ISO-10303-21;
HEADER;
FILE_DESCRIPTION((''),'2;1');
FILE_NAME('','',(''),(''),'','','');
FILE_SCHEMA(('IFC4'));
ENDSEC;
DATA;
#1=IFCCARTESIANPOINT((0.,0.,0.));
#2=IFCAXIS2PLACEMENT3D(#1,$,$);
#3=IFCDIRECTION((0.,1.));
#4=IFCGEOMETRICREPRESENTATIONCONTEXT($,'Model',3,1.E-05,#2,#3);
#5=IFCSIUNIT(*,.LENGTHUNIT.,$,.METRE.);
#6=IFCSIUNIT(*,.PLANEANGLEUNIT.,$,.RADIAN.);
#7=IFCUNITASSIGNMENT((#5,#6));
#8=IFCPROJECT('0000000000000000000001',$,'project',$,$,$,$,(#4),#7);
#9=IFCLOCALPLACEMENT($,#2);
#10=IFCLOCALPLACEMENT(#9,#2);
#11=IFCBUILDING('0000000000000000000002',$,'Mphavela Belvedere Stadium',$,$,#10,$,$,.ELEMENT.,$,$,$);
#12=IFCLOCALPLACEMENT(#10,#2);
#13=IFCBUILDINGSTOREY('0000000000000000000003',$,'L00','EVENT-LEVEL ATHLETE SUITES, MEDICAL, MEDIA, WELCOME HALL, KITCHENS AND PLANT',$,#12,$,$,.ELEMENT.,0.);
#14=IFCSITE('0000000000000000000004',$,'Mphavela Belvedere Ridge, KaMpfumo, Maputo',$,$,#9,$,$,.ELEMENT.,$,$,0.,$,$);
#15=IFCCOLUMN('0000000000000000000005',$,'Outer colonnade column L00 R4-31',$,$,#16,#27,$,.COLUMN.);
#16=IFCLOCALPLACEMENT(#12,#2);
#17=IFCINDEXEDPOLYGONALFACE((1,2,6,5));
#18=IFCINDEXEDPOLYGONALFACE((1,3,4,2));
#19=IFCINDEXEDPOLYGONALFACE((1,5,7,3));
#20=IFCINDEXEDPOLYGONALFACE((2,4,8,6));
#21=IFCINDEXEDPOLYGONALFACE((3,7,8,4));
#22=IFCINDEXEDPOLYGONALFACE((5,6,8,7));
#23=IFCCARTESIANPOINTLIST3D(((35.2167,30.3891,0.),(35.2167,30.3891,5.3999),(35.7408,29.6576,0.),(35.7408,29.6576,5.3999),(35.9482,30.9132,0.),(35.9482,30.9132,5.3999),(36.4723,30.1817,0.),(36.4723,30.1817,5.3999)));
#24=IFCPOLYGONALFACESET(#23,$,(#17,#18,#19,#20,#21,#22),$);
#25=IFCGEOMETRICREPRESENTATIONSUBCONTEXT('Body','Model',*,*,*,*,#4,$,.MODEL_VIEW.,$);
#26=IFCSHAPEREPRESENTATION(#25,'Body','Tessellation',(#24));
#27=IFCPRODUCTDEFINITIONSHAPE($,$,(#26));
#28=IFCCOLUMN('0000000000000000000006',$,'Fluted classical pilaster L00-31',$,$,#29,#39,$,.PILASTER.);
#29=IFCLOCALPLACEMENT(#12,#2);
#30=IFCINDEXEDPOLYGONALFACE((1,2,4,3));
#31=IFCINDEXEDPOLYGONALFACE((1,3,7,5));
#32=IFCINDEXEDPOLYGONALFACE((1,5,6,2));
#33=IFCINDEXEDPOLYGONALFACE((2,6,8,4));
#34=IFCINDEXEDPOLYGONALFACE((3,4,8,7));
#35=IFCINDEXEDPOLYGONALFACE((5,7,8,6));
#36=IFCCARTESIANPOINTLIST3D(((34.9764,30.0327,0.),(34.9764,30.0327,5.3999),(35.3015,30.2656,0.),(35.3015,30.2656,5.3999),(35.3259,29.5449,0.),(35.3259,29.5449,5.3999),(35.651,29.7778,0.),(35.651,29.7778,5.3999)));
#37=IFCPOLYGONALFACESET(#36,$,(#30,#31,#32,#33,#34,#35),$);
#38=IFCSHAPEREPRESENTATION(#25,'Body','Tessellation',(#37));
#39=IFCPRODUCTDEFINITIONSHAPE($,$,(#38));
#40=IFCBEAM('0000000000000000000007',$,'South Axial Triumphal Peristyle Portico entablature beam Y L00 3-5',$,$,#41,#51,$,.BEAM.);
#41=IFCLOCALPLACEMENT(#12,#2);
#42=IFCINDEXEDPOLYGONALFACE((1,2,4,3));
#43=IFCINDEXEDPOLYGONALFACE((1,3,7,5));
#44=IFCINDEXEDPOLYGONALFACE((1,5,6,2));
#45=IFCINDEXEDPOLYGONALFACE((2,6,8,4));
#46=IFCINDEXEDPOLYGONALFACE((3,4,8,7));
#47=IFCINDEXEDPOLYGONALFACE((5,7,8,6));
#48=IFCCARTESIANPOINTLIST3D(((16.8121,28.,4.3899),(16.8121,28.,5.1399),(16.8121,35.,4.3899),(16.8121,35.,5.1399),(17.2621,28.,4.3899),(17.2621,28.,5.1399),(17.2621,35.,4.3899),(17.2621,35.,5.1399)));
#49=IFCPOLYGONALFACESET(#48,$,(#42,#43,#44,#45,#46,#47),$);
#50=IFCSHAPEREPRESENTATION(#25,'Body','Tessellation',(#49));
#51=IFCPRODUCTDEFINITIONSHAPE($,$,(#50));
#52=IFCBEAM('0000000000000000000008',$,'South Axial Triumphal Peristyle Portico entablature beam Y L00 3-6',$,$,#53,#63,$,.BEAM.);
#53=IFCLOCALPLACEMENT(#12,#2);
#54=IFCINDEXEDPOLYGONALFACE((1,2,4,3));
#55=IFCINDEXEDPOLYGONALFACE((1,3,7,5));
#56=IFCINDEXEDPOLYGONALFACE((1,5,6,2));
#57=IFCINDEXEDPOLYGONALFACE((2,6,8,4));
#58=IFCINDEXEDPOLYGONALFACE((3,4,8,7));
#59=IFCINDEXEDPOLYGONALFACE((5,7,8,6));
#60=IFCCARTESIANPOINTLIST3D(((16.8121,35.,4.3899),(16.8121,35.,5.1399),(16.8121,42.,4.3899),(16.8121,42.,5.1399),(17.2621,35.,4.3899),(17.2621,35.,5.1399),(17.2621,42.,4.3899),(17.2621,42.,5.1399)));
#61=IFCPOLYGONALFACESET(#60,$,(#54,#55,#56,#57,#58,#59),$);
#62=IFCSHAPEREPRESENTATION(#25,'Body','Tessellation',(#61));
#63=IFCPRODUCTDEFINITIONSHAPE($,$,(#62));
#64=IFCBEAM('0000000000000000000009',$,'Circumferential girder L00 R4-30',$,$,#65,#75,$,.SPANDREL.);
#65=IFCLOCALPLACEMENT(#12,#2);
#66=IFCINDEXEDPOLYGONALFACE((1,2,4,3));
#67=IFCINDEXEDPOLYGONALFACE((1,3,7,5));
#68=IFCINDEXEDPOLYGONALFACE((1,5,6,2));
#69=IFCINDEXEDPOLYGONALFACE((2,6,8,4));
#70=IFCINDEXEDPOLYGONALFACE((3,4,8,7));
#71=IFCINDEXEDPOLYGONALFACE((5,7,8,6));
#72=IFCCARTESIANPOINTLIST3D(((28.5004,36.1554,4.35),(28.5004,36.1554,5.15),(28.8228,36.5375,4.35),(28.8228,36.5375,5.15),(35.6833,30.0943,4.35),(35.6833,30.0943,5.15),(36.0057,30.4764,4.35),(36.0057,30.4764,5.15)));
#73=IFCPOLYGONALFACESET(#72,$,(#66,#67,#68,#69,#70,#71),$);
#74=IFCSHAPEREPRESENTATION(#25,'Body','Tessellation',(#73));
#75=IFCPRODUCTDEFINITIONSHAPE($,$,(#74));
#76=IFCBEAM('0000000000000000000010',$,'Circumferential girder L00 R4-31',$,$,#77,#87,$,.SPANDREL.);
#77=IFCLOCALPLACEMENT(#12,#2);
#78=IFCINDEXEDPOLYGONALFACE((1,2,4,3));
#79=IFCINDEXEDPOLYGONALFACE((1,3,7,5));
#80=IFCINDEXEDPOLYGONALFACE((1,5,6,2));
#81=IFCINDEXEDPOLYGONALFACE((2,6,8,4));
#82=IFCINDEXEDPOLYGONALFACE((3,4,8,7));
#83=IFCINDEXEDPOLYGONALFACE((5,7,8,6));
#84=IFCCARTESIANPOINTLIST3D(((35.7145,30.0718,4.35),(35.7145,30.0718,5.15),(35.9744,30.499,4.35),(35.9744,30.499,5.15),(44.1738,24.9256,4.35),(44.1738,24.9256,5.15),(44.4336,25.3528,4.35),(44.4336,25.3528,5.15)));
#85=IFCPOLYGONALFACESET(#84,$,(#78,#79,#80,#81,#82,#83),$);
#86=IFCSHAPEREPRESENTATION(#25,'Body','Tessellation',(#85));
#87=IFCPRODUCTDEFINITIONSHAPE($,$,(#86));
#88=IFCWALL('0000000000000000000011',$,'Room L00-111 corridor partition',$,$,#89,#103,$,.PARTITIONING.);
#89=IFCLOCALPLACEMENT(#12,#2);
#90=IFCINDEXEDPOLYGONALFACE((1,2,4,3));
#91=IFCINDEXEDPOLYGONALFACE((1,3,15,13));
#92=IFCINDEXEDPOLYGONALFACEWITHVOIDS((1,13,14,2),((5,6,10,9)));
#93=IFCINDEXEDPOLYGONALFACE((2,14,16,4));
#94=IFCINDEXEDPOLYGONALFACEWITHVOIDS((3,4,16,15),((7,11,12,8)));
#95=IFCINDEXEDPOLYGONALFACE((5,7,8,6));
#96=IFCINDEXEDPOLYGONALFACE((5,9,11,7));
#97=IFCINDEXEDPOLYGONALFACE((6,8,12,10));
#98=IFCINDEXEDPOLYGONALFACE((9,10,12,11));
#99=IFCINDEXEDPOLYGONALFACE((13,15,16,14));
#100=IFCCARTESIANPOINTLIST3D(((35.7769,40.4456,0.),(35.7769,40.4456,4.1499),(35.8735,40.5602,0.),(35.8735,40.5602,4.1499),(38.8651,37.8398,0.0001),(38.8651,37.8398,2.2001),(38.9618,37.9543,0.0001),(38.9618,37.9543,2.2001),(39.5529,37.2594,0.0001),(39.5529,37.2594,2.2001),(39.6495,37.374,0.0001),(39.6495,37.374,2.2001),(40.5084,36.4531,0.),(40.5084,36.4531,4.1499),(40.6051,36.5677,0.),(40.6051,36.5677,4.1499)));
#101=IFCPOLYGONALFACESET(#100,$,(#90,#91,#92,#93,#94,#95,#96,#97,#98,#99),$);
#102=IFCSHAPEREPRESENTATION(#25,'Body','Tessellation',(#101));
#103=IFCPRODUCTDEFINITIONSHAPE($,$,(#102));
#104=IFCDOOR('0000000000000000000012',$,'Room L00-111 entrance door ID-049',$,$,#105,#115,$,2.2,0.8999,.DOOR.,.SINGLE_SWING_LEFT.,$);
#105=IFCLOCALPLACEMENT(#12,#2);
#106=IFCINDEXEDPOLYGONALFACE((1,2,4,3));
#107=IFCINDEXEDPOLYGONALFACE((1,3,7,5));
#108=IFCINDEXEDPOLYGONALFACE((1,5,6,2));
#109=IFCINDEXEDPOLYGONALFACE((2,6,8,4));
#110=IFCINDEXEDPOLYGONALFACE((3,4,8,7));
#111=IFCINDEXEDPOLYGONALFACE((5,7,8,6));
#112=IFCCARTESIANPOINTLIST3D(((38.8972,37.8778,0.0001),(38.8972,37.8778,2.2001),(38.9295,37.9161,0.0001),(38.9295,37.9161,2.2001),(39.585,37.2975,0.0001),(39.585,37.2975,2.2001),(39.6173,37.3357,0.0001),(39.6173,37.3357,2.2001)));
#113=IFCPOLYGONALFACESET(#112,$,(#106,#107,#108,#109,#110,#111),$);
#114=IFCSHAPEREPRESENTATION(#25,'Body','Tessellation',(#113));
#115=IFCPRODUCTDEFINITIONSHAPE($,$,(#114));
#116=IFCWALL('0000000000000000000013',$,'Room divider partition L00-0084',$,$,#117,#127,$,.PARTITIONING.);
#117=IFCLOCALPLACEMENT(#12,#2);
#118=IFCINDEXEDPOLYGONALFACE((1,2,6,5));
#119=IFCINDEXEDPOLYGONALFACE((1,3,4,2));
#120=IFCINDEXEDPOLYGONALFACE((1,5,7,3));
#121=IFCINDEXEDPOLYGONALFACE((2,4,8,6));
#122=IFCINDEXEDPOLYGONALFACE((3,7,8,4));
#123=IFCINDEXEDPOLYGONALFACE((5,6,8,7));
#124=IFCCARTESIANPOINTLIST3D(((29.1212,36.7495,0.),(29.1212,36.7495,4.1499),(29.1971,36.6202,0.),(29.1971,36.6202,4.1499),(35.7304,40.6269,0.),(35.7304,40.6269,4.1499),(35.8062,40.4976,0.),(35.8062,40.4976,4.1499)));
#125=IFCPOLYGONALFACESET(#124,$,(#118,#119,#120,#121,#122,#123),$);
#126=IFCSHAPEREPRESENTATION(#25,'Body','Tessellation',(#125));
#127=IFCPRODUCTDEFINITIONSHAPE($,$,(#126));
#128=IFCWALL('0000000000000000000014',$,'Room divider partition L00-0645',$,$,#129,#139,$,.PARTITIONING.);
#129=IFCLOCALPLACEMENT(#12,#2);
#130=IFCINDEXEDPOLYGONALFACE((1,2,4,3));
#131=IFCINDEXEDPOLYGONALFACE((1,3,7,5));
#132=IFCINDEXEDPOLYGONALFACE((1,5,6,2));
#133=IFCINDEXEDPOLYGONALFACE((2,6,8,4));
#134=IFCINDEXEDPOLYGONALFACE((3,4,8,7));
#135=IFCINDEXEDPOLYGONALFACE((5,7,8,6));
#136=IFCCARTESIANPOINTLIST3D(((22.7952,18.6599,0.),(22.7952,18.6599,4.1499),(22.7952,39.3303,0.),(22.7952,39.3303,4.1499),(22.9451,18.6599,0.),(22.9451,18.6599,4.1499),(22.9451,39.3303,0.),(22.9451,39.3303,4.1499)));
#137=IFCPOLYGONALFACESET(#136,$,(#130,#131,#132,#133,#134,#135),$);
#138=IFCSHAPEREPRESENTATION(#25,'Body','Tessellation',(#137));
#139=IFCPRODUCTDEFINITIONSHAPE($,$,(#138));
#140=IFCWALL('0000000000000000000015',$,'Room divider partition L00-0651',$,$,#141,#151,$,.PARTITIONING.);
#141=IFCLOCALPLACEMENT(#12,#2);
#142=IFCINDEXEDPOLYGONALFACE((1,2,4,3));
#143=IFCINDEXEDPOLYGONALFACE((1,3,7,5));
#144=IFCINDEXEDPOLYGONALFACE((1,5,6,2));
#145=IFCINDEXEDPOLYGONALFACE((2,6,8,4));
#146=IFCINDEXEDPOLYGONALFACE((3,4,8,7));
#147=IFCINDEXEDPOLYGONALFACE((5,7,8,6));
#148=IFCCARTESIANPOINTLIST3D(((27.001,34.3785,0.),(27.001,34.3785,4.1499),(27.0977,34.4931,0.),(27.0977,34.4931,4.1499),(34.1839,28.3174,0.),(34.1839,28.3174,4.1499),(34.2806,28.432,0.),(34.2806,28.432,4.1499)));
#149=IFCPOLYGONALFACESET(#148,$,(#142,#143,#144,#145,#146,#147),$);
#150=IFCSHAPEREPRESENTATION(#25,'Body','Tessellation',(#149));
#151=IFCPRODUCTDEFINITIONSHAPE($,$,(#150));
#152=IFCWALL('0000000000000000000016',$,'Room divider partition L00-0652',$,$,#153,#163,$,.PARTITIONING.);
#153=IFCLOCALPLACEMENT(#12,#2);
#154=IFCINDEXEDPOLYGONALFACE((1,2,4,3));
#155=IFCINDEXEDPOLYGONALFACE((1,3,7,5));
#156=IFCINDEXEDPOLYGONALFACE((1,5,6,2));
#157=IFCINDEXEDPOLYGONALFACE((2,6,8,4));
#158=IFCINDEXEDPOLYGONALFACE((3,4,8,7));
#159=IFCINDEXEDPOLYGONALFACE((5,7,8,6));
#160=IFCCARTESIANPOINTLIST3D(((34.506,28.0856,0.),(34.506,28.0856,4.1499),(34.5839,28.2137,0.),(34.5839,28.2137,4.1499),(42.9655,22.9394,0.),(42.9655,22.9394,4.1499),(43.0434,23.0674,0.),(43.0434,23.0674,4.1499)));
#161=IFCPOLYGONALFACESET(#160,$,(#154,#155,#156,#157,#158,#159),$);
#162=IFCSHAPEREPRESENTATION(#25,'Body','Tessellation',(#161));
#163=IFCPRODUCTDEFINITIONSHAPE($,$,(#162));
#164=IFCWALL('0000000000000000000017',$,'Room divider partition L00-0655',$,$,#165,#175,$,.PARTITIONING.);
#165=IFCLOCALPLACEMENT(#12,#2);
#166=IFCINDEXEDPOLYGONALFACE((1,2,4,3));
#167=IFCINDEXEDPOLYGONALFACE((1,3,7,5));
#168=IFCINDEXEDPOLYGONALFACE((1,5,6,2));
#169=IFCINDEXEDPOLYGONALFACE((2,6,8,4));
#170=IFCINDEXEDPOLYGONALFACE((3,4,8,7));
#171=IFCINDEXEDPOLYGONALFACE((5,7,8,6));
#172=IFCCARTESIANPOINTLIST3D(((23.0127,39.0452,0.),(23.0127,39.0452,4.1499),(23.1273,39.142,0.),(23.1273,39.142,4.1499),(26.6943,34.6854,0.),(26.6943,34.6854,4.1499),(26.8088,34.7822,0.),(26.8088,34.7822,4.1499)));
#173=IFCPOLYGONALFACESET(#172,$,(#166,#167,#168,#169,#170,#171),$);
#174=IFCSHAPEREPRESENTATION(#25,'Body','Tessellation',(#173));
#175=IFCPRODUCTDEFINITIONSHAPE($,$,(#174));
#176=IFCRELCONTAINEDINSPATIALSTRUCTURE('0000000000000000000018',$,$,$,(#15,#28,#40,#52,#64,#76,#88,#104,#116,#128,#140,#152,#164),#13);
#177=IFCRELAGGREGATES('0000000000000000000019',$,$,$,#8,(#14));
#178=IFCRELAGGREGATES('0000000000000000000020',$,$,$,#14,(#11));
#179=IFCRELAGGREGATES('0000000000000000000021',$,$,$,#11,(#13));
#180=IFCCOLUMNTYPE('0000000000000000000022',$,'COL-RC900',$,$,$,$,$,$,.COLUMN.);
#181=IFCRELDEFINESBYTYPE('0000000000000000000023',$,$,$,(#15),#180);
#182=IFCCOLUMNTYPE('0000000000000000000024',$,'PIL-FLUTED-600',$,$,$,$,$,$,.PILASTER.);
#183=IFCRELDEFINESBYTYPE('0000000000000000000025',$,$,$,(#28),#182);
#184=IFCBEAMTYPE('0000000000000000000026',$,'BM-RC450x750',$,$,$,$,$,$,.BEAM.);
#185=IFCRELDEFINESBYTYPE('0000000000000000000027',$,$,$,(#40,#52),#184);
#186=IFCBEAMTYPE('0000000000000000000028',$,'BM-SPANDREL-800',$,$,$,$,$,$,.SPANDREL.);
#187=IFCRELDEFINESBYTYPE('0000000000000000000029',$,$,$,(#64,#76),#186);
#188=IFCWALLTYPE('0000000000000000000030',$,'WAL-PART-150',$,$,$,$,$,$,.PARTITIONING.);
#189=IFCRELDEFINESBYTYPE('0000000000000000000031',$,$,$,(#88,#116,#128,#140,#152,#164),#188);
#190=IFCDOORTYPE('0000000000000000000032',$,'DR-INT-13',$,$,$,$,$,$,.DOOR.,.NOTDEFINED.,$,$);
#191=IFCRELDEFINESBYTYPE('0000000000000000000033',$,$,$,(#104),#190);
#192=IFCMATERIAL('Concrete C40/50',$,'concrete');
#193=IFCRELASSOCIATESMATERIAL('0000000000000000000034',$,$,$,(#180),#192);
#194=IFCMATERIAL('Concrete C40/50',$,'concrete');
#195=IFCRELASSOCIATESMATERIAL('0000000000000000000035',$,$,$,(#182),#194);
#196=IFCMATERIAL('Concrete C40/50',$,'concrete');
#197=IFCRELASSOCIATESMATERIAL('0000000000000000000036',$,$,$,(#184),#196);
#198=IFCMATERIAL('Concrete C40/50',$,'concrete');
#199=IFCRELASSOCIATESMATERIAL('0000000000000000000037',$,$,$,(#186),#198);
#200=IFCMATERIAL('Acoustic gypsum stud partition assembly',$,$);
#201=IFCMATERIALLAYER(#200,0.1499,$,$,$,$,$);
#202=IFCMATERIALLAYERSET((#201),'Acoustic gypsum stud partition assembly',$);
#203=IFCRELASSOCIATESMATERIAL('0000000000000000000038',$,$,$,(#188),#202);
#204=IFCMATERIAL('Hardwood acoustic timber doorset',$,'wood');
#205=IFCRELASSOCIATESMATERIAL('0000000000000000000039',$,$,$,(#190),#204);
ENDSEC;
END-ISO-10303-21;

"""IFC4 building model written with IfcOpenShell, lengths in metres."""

from ifc_helpers import new_model, si_unit, direction, frame, frame_2d, origin, origin_2d, place, context, subcontext, project, spatial, rectangle, extrude, material, layer, layer_set, material_profile, profile_set, type_object, element, fill, save


model = new_model("IFC4")

# Units and contexts
model_context = context("Model", 3, precision=1e-05, world=origin(), true_north=direction((0.0, 1.0)))
body_context = subcontext(model_context, "Body", "Model", "MODEL_VIEW")
ifc_project = project(units=[si_unit("LENGTHUNIT", "METRE"), si_unit("PLANEANGLEUNIT", "RADIAN")], contexts=[model_context])

# Site, building, storey
site_placement = place(None, origin())
site = spatial("IfcSite", under=ifc_project, at=site_placement, Name="Mphavela Belvedere Ridge, KaMpfumo, Maputo", CompositionType="ELEMENT", RefElevation=0.0)
building_placement = place(site_placement, origin())
building = spatial("IfcBuilding", under=site, at=building_placement, Name="Mphavela Belvedere Stadium", CompositionType="ELEMENT")
storey_placement = place(building_placement, origin())
storey = spatial("IfcBuildingStorey", under=building, at=storey_placement, Name="L00", Description="EVENT-LEVEL ATHLETE SUITES, MEDICAL, MEDIA, WELCOME HALL, KITCHENS AND PLANT", CompositionType="ELEMENT", Elevation=0.0)

# Columns
ifc_material_1 = material(Name="Concrete C40/50", Category="concrete")
ifc_material_profile_1 = material_profile(ifc_material_1, rectangle(XDim=0.8999, YDim=0.8999, at=origin_2d()), Name="RC 900x900")
ifc_profile_set_1 = profile_set([ifc_material_profile_1], Name="Concrete C40/50")
column_type_1 = type_object("IfcColumnType", Name="COL-RC900", PredefinedType="COLUMN", material=ifc_profile_set_1)
for number, where, z_axis, x_axis, name in (
    (1, (35.8445, 30.2854, 0.0), (0.0, 0.0, 1.0), (-0.812898, -0.582407, 0.0), "Outer colonnade column L00 R4-31"),
):
    element("IfcColumn", number, at=place(storey_placement, frame(where, z_axis=z_axis, x_axis=x_axis)), inside=storey, type_object=column_type_1, Name=name, PredefinedType="COLUMN", context=body_context, shape_type="SweptSolid", body=[
        extrude(rectangle(XDim=0.8999, YDim=0.8999, at=origin_2d()), origin(), (0.0, 0.0, 1.0), 5.3999),
    ])
ifc_material_2 = material(Name="Concrete C40/50", Category="concrete")
ifc_material_profile_2 = material_profile(ifc_material_2, rectangle(XDim=0.6001, YDim=0.3999, at=origin_2d()), Name="PIL 600x400")
ifc_profile_set_2 = profile_set([ifc_material_profile_2], Name="Concrete C40/50")
column_type_2 = type_object("IfcColumnType", Name="PIL-FLUTED-600", PredefinedType="PILASTER", material=ifc_profile_set_2)
column_placement = place(storey_placement, frame((35.3137, 29.9053, 0.0), z_axis=(0.0, 0.0, 1.0), x_axis=(0.582407, -0.812898, 0.0)))
element("IfcColumn", 2, at=column_placement, inside=storey, type_object=column_type_2, Name="Fluted classical pilaster L00-31", PredefinedType="PILASTER", context=body_context, shape_type="SweptSolid", body=[
    extrude(rectangle(XDim=0.6001, YDim=0.3999, at=origin_2d()), origin(), (0.0, 0.0, 1.0), 5.3999),
])

# Beams
ifc_material_3 = material(Name="Concrete C40/50", Category="concrete")
ifc_material_profile_3 = material_profile(ifc_material_3, rectangle(XDim=0.45, YDim=0.75, at=origin_2d()), Name="RC 450x750")
ifc_profile_set_3 = profile_set([ifc_material_profile_3], Name="Concrete C40/50")
beam_type_1 = type_object("IfcBeamType", Name="BM-RC450x750", PredefinedType="BEAM", material=ifc_profile_set_3)
for number, where, z_axis, x_axis, name in (
    (3, (17.0371, 28.0, 4.7649), (0.0, 1.0, 0.0), (-1.0, 0.0, 0.0), "South Axial Triumphal Peristyle Portico entablature beam Y L00 3-5"),
    (4, (17.0371, 35.0, 4.7649), (0.0, 1.0, 0.0), (-1.0, 0.0, 0.0), "South Axial Triumphal Peristyle Portico entablature beam Y L00 3-6"),
):
    element("IfcBeam", number, at=place(storey_placement, frame(where, z_axis=z_axis, x_axis=x_axis)), inside=storey, type_object=beam_type_1, Name=name, PredefinedType="BEAM", context=body_context, shape_type="SweptSolid", body=[
        extrude(rectangle(XDim=0.45, YDim=0.75, at=origin_2d()), origin(), (0.0, 0.0, 1.0), 7.0),
    ])
ifc_material_4 = material(Name="Concrete C40/50", Category="concrete")
ifc_material_profile_4 = material_profile(ifc_material_4, rectangle(XDim=0.5, YDim=0.8, at=origin_2d()), Name="RC 500x800")
ifc_profile_set_4 = profile_set([ifc_material_profile_4], Name="Concrete C40/50")
beam_type_2 = type_object("IfcBeamType", Name="BM-SPANDREL-800", PredefinedType="SPANDREL", material=ifc_profile_set_4)
beam_1_placement = place(storey_placement, frame((28.6616, 36.3464, 4.75), z_axis=(0.764265, -0.644902, 0.0), x_axis=(0.644902, 0.764265, 0.0)))
element("IfcBeam", 5, at=beam_1_placement, inside=storey, type_object=beam_type_2, Name="Circumferential girder L00 R4-30", PredefinedType="SPANDREL", context=body_context, shape_type="SweptSolid", body=[
    extrude(rectangle(XDim=0.5, YDim=0.8, at=origin_2d()), origin(), (0.0, 0.0, 1.0), 9.3984),
])
beam_2_placement = place(storey_placement, frame((35.8445, 30.2854, 4.75), z_axis=(0.854327, -0.519737, 0.0), x_axis=(0.519737, 0.854327, 0.0)))
element("IfcBeam", 6, at=beam_2_placement, inside=storey, type_object=beam_type_2, Name="Circumferential girder L00 R4-31", PredefinedType="SPANDREL", context=body_context, shape_type="SweptSolid", body=[
    extrude(rectangle(XDim=0.5, YDim=0.8, at=origin_2d()), origin(), (0.0, 0.0, 1.0), 9.9016),
])

# Wall, opening, door
ifc_material_5 = material(Name="Acoustic gypsum stud partition assembly")
ifc_layer_1 = layer(ifc_material_5, 0.1499)
ifc_layer_set_1 = layer_set([ifc_layer_1], Name="Acoustic gypsum stud partition assembly")
wall_type_1 = type_object("IfcWallType", Name="WAL-PART-150", PredefinedType="PARTITIONING", material=ifc_layer_set_1)
wall_1_placement = place(storey_placement, frame((35.8252, 40.5029, 0.0), z_axis=(0.0, 0.0, 1.0), x_axis=(0.76427, -0.644897, 0.0)))
wall_1 = element("IfcWall", 7, at=wall_1_placement, inside=storey, type_object=wall_type_1, Name="Room L00-111 corridor partition", PredefinedType="PARTITIONING", context=body_context, shape_type="SweptSolid", body=[
    extrude(rectangle(XDim=6.1909, YDim=0.1499, at=frame_2d((3.0955, 0.0))), origin(), (0.0, 0.0, 1.0), 4.1499),
])
opening_1_placement = place(wall_1_placement, frame((4.0408, 0.0, 0.0)))
opening_1 = element("IfcOpeningElement", 8, at=opening_1_placement, cuts=wall_1, PredefinedType="OPENING", context=body_context, shape_type="SweptSolid", body=[
    extrude(rectangle(XDim=0.8999, YDim=2.2, at=frame_2d((0.45, 1.1001))), frame((0.0, 0.085, 0.0), z_axis=(0.0, -1.0, 0.0), x_axis=(1.0, 0.0, 0.0)), (0.0, 0.0, 1.0), 0.1699),
])
ifc_material_6 = material(Name="Hardwood acoustic timber doorset", Category="wood")
door_type_1 = type_object("IfcDoorType", Name="DR-INT-13", OperationType="NOTDEFINED", PredefinedType="DOOR", material=ifc_material_6)
door_1_placement = place(opening_1_placement, origin())
door_1 = element("IfcDoor", 9, at=door_1_placement, inside=storey, type_object=door_type_1, Name="Room L00-111 entrance door ID-049", OperationType="SINGLE_SWING_LEFT", OverallHeight=2.2, OverallWidth=0.8999, PredefinedType="DOOR", context=body_context, shape_type="SweptSolid", body=[
    extrude(rectangle(XDim=0.8999, YDim=2.2, at=frame_2d((0.45, 1.1001))), frame((0.0, 0.0249, 0.0), z_axis=(0.0, -1.0, 0.0), x_axis=(1.0, 0.0, 0.0)), (0.0, 0.0, 1.0), 0.05),
])
fill(opening_1, door_1)

# Walls
wall_2_placement = place(storey_placement, frame((35.7683, 40.5623, 0.0), z_axis=(0.0, 0.0, 1.0), x_axis=(-0.86252, -0.506023, 0.0)))
element("IfcWall", 10, at=wall_2_placement, inside=storey, type_object=wall_type_1, Name="Room divider partition L00-0084", PredefinedType="PARTITIONING", context=body_context, shape_type="SweptSolid", body=[
    extrude(rectangle(XDim=7.6626, YDim=0.1499, at=frame_2d((3.8313, 0.0))), origin(), (0.0, 0.0, 1.0), 4.1499),
])
wall_3_placement = place(storey_placement, frame((22.8701, 39.3303, 0.0), z_axis=(0.0, 0.0, 1.0), x_axis=(0.0, -1.0, 0.0)))
element("IfcWall", 11, at=wall_3_placement, inside=storey, type_object=wall_type_1, Name="Room divider partition L00-0645", PredefinedType="PARTITIONING", context=body_context, shape_type="SweptSolid", body=[
    extrude(rectangle(XDim=20.6704, YDim=0.1499, at=frame_2d((10.3352, 0.0))), origin(), (0.0, 0.0, 1.0), 4.1499),
])
wall_4_placement = place(storey_placement, frame((27.0493, 34.4358, 0.0), z_axis=(0.0, 0.0, 1.0), x_axis=(0.764265, -0.644902, 0.0)))
element("IfcWall", 12, at=wall_4_placement, inside=storey, type_object=wall_type_1, Name="Room divider partition L00-0651", PredefinedType="PARTITIONING", context=body_context, shape_type="SweptSolid", body=[
    extrude(rectangle(XDim=9.3984, YDim=0.1499, at=frame_2d((4.6992, 0.0))), origin(), (0.0, 0.0, 1.0), 4.1499),
])
wall_5_placement = place(storey_placement, frame((34.5449, 28.1497, 0.0), z_axis=(0.0, 0.0, 1.0), x_axis=(0.854333, -0.519726, 0.0)))
element("IfcWall", 13, at=wall_5_placement, inside=storey, type_object=wall_type_1, Name="Room divider partition L00-0652", PredefinedType="PARTITIONING", context=body_context, shape_type="SweptSolid", body=[
    extrude(rectangle(XDim=9.9019, YDim=0.1499, at=frame_2d((4.9509, 0.0))), origin(), (0.0, 0.0, 1.0), 4.1499),
])
wall_6_placement = place(storey_placement, frame((23.0701, 39.0935, 0.0), z_axis=(0.0, 0.0, 1.0), x_axis=(0.645179, -0.764032, 0.0)))
element("IfcWall", 14, at=wall_6_placement, inside=storey, type_object=wall_type_1, Name="Room divider partition L00-0655", PredefinedType="PARTITIONING", context=body_context, shape_type="SweptSolid", body=[
    extrude(rectangle(XDim=5.7063, YDim=0.1499, at=frame_2d((2.853, 0.0))), origin(), (0.0, 0.0, 1.0), 4.1499),
])

save(model, "model.ifc")
